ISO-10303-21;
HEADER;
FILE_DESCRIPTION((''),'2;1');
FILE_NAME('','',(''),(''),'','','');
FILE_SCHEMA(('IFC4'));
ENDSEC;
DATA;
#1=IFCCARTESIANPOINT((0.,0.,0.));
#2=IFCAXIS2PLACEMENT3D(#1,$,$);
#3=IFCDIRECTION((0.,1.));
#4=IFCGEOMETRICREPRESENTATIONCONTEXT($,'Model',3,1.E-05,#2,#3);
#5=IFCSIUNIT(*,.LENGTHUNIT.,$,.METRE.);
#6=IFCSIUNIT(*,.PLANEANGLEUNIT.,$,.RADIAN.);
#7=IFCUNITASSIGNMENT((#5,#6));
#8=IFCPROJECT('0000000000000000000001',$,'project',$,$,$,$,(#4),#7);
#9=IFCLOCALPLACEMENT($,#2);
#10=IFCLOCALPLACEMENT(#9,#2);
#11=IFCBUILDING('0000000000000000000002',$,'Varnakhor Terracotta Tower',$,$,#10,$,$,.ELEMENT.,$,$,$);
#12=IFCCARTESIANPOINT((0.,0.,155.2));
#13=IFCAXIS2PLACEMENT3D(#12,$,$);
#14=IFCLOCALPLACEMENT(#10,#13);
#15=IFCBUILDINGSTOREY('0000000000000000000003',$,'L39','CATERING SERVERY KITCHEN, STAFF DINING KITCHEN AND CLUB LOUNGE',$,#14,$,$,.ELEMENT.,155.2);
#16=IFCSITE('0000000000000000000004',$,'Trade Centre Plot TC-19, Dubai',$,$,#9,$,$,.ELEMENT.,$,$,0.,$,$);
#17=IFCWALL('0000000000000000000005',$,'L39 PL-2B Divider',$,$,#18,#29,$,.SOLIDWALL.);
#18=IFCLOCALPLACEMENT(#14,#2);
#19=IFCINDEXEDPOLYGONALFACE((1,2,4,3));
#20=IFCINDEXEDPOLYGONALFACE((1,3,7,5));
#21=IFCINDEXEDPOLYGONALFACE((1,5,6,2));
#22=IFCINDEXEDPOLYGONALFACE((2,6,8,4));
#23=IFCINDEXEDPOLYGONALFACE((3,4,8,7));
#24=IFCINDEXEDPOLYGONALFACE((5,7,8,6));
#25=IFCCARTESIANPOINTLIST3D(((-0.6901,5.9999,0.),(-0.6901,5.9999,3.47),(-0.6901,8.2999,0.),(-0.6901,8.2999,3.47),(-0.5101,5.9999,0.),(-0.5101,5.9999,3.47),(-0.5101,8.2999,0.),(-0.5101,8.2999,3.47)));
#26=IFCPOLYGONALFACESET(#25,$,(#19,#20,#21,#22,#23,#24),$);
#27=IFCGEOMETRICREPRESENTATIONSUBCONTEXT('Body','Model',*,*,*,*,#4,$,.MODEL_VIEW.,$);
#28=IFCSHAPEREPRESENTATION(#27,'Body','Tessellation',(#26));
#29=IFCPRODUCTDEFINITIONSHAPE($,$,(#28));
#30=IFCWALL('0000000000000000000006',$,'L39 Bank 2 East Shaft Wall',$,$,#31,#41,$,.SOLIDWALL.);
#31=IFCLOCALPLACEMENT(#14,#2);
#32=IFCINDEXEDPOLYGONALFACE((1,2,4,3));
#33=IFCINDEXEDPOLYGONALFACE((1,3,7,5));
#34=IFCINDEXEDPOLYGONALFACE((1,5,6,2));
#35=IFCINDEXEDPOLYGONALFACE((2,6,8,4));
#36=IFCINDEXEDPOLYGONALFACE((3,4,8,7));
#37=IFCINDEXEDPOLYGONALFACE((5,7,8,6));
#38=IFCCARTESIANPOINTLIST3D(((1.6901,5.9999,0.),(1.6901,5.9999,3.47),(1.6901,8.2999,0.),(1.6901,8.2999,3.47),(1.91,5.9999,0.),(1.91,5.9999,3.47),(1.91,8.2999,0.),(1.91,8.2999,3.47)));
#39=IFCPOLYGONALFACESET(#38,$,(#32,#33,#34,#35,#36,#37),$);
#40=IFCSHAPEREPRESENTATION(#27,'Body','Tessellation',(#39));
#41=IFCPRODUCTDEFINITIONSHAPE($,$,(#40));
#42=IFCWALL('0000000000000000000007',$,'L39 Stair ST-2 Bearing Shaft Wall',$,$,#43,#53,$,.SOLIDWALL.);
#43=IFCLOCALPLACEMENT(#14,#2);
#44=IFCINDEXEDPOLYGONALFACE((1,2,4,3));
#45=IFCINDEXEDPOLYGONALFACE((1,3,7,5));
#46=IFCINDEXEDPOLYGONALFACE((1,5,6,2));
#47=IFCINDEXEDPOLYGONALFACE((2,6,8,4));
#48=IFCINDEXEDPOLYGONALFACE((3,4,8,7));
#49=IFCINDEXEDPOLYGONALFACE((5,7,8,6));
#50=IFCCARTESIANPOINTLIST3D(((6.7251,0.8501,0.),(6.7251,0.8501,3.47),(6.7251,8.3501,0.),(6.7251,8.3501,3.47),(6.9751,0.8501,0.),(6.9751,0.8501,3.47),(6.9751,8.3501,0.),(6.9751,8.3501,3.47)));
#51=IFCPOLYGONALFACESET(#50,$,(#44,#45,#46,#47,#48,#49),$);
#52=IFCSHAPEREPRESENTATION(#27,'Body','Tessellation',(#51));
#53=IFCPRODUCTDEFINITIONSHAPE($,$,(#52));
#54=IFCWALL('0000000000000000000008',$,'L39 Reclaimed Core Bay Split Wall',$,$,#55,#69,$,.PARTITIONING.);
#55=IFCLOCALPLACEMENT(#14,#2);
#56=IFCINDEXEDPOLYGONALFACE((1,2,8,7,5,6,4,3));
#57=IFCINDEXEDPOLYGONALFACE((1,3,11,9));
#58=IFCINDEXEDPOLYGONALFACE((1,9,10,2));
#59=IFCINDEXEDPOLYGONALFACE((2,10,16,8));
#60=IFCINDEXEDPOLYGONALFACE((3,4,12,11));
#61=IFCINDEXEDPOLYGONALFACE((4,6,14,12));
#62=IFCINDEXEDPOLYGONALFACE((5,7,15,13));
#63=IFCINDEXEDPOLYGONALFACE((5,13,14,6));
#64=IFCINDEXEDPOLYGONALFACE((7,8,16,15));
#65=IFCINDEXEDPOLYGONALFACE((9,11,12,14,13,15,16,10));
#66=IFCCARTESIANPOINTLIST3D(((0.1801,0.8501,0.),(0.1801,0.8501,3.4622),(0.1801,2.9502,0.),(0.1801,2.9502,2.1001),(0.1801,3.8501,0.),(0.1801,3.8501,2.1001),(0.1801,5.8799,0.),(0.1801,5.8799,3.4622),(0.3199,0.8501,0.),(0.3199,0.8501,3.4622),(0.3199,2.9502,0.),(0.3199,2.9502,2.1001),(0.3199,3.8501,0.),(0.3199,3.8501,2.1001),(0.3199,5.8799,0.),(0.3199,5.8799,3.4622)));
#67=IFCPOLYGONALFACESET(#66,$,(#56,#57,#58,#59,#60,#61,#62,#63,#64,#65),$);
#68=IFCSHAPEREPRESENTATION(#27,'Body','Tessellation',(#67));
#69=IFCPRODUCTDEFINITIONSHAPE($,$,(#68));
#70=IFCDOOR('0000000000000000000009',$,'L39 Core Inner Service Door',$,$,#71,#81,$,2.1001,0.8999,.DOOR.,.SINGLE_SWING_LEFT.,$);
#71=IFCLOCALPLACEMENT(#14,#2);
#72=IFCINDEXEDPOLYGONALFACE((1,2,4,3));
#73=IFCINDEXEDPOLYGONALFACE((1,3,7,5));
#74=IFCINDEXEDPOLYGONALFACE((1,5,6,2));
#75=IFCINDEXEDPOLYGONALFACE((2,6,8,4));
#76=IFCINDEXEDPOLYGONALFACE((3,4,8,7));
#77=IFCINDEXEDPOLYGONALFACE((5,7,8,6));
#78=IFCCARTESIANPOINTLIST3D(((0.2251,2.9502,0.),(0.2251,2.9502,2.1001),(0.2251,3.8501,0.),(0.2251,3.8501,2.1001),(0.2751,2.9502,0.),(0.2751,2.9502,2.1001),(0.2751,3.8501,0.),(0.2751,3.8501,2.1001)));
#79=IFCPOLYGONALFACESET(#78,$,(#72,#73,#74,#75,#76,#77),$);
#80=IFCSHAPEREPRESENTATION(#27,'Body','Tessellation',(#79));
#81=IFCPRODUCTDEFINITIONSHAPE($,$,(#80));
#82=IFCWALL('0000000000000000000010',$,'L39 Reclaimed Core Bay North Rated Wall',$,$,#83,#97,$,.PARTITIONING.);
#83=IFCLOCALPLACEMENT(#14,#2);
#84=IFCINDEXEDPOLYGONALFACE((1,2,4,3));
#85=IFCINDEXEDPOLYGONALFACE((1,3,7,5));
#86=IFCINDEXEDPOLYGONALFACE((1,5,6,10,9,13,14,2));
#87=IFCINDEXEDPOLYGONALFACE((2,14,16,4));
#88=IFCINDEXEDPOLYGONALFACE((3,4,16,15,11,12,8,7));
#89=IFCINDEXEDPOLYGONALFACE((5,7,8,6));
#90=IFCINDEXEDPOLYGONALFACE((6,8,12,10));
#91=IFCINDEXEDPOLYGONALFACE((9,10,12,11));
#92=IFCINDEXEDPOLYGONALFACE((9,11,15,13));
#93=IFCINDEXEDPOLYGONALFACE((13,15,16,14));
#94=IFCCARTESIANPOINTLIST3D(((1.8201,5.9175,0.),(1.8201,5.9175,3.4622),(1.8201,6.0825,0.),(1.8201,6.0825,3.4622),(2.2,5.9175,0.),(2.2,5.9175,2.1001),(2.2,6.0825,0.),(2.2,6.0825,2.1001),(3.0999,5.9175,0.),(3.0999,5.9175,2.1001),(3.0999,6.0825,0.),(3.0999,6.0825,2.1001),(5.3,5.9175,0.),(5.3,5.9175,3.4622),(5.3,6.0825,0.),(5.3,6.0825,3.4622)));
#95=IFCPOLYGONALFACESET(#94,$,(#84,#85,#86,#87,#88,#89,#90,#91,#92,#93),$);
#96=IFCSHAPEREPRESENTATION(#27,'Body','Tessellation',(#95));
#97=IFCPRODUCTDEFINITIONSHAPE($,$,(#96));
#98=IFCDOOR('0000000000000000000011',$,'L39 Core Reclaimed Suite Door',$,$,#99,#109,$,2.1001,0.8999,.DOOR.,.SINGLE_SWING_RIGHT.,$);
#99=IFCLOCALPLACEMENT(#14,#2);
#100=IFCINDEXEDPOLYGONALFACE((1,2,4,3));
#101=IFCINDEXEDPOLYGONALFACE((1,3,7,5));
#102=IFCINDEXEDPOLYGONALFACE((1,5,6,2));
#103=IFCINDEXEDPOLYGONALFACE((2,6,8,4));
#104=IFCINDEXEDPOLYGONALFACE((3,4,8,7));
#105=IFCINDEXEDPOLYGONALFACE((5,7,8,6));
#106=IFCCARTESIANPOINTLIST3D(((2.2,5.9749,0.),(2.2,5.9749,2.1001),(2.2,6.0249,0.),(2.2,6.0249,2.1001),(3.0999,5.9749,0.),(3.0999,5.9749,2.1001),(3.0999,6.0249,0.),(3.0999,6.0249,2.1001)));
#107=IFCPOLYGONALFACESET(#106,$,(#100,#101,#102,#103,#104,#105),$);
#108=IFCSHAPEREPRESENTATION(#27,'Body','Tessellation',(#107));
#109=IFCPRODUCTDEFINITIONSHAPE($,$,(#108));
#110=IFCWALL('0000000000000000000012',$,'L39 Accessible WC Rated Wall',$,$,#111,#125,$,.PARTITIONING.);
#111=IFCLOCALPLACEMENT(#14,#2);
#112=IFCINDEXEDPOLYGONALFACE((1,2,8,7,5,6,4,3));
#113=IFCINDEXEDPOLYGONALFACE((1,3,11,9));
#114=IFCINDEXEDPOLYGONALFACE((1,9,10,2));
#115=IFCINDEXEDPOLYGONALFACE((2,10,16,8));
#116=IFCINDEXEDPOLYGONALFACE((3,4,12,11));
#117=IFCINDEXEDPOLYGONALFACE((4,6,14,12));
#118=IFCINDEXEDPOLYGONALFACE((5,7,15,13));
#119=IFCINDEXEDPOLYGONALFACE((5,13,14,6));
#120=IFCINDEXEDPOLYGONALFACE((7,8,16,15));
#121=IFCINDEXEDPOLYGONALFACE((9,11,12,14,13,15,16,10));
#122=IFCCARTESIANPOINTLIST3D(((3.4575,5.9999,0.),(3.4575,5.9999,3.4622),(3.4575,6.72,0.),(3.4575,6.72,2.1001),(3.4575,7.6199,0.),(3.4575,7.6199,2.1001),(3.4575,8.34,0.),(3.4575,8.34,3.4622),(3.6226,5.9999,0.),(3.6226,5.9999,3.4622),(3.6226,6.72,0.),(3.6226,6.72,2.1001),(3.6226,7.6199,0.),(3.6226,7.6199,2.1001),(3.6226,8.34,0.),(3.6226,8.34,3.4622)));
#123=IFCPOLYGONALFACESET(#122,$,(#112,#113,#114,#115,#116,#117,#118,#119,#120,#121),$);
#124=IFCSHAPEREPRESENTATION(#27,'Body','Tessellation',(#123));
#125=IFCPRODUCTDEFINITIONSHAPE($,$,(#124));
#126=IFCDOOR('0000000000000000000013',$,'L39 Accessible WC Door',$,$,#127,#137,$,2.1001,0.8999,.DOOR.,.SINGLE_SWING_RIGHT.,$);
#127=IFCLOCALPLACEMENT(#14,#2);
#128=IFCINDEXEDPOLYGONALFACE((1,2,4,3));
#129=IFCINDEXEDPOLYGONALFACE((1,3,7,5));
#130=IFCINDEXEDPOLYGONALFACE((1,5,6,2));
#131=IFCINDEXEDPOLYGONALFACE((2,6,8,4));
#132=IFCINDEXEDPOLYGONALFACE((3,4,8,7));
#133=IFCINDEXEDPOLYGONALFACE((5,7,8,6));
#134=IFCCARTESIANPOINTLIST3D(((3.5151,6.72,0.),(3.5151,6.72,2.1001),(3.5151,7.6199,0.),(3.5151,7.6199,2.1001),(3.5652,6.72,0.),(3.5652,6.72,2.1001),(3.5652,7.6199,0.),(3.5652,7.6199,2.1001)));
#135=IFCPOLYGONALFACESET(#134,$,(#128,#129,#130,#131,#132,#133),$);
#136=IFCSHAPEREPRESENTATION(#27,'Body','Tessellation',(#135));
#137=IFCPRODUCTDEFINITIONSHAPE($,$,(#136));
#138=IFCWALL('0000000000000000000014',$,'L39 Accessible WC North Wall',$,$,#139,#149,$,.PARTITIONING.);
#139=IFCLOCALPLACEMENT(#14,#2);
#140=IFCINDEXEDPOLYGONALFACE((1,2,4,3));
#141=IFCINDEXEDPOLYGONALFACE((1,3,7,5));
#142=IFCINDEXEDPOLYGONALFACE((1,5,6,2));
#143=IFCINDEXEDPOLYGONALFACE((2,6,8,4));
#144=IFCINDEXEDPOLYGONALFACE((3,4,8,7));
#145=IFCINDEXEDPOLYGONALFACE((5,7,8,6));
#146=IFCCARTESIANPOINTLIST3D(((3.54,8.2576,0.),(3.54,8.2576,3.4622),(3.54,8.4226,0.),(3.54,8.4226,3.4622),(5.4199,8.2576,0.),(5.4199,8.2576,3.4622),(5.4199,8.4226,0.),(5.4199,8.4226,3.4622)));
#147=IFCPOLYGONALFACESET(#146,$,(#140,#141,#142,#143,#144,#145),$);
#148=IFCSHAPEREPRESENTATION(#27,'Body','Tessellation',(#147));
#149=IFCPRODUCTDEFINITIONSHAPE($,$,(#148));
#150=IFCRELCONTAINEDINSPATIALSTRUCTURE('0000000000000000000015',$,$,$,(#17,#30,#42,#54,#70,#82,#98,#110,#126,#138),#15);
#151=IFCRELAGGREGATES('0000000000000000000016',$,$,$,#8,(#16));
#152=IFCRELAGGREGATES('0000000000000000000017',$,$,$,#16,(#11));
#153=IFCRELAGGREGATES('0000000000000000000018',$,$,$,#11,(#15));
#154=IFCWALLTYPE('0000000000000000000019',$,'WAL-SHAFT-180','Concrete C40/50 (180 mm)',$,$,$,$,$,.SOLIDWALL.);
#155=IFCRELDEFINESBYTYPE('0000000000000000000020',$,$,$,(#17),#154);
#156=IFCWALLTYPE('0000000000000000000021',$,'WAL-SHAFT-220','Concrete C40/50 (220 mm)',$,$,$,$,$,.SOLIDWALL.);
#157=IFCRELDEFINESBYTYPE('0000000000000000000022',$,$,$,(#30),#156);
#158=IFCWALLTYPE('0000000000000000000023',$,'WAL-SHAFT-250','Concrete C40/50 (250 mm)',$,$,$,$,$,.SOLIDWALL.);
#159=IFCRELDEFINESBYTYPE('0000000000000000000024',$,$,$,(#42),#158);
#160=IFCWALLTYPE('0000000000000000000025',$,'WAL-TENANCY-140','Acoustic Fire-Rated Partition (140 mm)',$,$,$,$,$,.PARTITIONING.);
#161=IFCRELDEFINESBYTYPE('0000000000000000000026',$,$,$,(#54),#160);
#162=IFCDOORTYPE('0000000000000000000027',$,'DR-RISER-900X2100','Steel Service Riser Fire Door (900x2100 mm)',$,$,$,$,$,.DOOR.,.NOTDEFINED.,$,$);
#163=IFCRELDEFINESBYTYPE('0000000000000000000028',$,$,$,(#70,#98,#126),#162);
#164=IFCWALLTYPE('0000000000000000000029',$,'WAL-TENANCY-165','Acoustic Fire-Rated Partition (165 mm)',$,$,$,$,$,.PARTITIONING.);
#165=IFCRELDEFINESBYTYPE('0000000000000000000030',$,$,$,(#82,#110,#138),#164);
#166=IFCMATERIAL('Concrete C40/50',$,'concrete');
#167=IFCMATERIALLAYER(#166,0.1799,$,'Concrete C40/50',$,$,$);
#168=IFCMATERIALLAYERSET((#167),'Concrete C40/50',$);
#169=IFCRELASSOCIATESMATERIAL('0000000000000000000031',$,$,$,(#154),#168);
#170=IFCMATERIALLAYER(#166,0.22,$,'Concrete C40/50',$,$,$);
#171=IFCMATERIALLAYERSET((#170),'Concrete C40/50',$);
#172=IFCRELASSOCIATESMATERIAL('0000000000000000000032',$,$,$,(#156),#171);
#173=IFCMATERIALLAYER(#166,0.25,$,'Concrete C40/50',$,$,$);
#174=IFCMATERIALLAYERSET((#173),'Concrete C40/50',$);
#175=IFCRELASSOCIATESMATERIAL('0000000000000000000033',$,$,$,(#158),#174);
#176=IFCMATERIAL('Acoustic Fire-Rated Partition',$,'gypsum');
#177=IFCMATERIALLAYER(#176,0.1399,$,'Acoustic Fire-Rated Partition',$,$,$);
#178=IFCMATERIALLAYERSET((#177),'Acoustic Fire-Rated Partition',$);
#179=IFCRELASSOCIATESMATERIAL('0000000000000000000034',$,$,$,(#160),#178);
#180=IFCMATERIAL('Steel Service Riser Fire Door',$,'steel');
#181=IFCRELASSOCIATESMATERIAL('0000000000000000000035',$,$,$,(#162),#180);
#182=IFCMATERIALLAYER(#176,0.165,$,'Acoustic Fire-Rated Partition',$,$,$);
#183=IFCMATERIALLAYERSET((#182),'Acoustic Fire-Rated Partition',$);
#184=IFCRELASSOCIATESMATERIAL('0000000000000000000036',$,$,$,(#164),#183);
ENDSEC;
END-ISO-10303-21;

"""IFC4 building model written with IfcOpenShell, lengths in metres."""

from ifc_helpers import new_model, si_unit, direction, frame, frame_2d, origin, place, context, subcontext, project, spatial, rectangle, extrude, source, transform, mapped, material, layer, layer_set, type_object, type_shapes, element, fill, save


model = new_model("IFC4")

# Units and contexts
model_context = context("Model", 3, precision=1e-05, world=origin(), true_north=direction((0.0, 1.0)))
body_context = subcontext(model_context, "Body", "Model", "MODEL_VIEW")
ifc_project = project(units=[si_unit("LENGTHUNIT", "METRE"), si_unit("PLANEANGLEUNIT", "RADIAN")], contexts=[model_context])

# Site, building, storey
site_placement = place(None, origin())
site = spatial("IfcSite", under=ifc_project, at=site_placement, Name="Trade Centre Plot TC-19, Dubai", CompositionType="ELEMENT", RefElevation=0.0)
building_placement = place(site_placement, origin())
building = spatial("IfcBuilding", under=site, at=building_placement, Name="Varnakhor Terracotta Tower", CompositionType="ELEMENT")
storey_placement = place(building_placement, frame((0.0, 0.0, 155.2)))
storey = spatial("IfcBuildingStorey", under=building, at=storey_placement, Name="L39", Description="CATERING SERVERY KITCHEN, STAFF DINING KITCHEN AND CLUB LOUNGE", CompositionType="ELEMENT", Elevation=155.2)

# Shared definitions
ifc_material_1 = material(Name="Concrete C40/50", Category="concrete")

# Walls
ifc_layer_1 = layer(ifc_material_1, 0.1799, Name="Concrete C40/50")
ifc_layer_set_1 = layer_set([ifc_layer_1], Name="Concrete C40/50")
wall_type_1 = type_object("IfcWallType", Name="WAL-SHAFT-180", Description="Concrete C40/50 (180 mm)", PredefinedType="SOLIDWALL", material=ifc_layer_set_1)
for number, where, z_axis, x_axis, name in (
    (1, (-0.6001, 6.0, 0.0), (0.0, 0.0, 1.0), (0.0, 1.0, 0.0), "L39 PL-2B Divider"),
):
    element("IfcWall", number, at=place(storey_placement, frame(where, z_axis=z_axis, x_axis=x_axis)), inside=storey, type_object=wall_type_1, Name=name, PredefinedType="SOLIDWALL", context=body_context, shape_type="SweptSolid", body=[
        extrude(rectangle(XDim=2.3, YDim=0.1799, at=frame_2d((1.1499, 0.0))), origin(), (0.0, 0.0, 1.0), 3.47),
    ])
ifc_layer_2 = layer(ifc_material_1, 0.22, Name="Concrete C40/50")
ifc_layer_set_2 = layer_set([ifc_layer_2], Name="Concrete C40/50")
wall_type_2 = type_object("IfcWallType", Name="WAL-SHAFT-220", Description="Concrete C40/50 (220 mm)", PredefinedType="SOLIDWALL", material=ifc_layer_set_2)
wall_1_placement = place(storey_placement, frame((1.8, 6.0, 0.0), z_axis=(0.0, 0.0, 1.0), x_axis=(0.0, 1.0, 0.0)))
element("IfcWall", 2, at=wall_1_placement, inside=storey, type_object=wall_type_2, Name="L39 Bank 2 East Shaft Wall", PredefinedType="SOLIDWALL", context=body_context, shape_type="SweptSolid", body=[
    extrude(rectangle(XDim=2.3, YDim=0.22, at=frame_2d((1.1499, 0.0))), origin(), (0.0, 0.0, 1.0), 3.47),
])
ifc_layer_3 = layer(ifc_material_1, 0.25, Name="Concrete C40/50")
ifc_layer_set_3 = layer_set([ifc_layer_3], Name="Concrete C40/50")
wall_type_3 = type_object("IfcWallType", Name="WAL-SHAFT-250", Description="Concrete C40/50 (250 mm)", PredefinedType="SOLIDWALL", material=ifc_layer_set_3)
wall_2_placement = place(storey_placement, frame((6.8501, 0.8501, 0.0), z_axis=(0.0, 0.0, 1.0), x_axis=(0.0, 1.0, 0.0)))
element("IfcWall", 3, at=wall_2_placement, inside=storey, type_object=wall_type_3, Name="L39 Stair ST-2 Bearing Shaft Wall", PredefinedType="SOLIDWALL", context=body_context, shape_type="SweptSolid", body=[
    extrude(rectangle(XDim=7.5, YDim=0.25, at=frame_2d((3.75, 0.0))), origin(), (0.0, 0.0, 1.0), 3.47),
])

# Walls, openings, doors
ifc_material_2 = material(Name="Acoustic Fire-Rated Partition", Category="gypsum")
ifc_layer_4 = layer(ifc_material_2, 0.1399, Name="Acoustic Fire-Rated Partition")
ifc_layer_set_4 = layer_set([ifc_layer_4], Name="Acoustic Fire-Rated Partition")
wall_type_4 = type_object("IfcWallType", Name="WAL-TENANCY-140", Description="Acoustic Fire-Rated Partition (140 mm)", PredefinedType="PARTITIONING", material=ifc_layer_set_4)
wall_3_placement = place(storey_placement, frame((0.25, 0.8501, 0.0), z_axis=(0.0, 0.0, 1.0), x_axis=(0.0, 1.0, 0.0)))
wall_3 = element("IfcWall", 4, at=wall_3_placement, inside=storey, type_object=wall_type_4, Name="L39 Reclaimed Core Bay Split Wall", PredefinedType="PARTITIONING", context=body_context, shape_type="SweptSolid", body=[
    extrude(rectangle(XDim=5.0298, YDim=0.1399, at=frame_2d((2.5149, 0.0))), origin(), (0.0, 0.0, 1.0), 3.4622),
])
opening_1_placement = place(wall_3_placement, frame((2.1001, 0.0, 0.0)))
opening_1 = element("IfcOpeningElement", 5, at=opening_1_placement, cuts=wall_3, PredefinedType="OPENING", context=body_context, shape_type="SweptSolid", body=[
    extrude(rectangle(XDim=0.8999, YDim=2.1001, at=frame_2d((0.45, 1.05))), frame((0.0, 0.0801, 0.0), z_axis=(0.0, -1.0, 0.0), x_axis=(1.0, 0.0, 0.0)), (0.0, 0.0, 1.0), 0.1599),
])
ifc_material_3 = material(Name="Steel Service Riser Fire Door", Category="steel")
door_type_1 = type_object("IfcDoorType", Name="DR-RISER-900X2100", Description="Steel Service Riser Fire Door (900x2100 mm)", OperationType="NOTDEFINED", PredefinedType="DOOR", material=ifc_material_3)
shared_shape_1 = source(origin(), body_context, "Body", "SweptSolid", [
    extrude(rectangle(XDim=0.8999, YDim=2.1001, at=frame_2d((0.45, 1.05))), frame((0.0, 0.0249, 0.0), z_axis=(0.0, -1.0, 0.0), x_axis=(1.0, 0.0, 0.0)), (0.0, 0.0, 1.0), 0.05),
])
type_shapes(door_type_1, [shared_shape_1])
door_1_placement = place(opening_1_placement, origin())
door_1 = element("IfcDoor", 6, at=door_1_placement, inside=storey, type_object=door_type_1, Name="L39 Core Inner Service Door", OperationType="SINGLE_SWING_LEFT", OverallHeight=2.1001, OverallWidth=0.8999, PredefinedType="DOOR", context=body_context, shape_type="MappedRepresentation", body=[
    mapped(shared_shape_1, transform((0.0, 0.0, 0.0), scale=1.0)),
])
fill(opening_1, door_1)
ifc_layer_5 = layer(ifc_material_2, 0.165, Name="Acoustic Fire-Rated Partition")
ifc_layer_set_5 = layer_set([ifc_layer_5], Name="Acoustic Fire-Rated Partition")
wall_type_5 = type_object("IfcWallType", Name="WAL-TENANCY-165", Description="Acoustic Fire-Rated Partition (165 mm)", PredefinedType="PARTITIONING", material=ifc_layer_set_5)
wall_4_placement = place(storey_placement, frame((1.8201, 6.0, 0.0), z_axis=(0.0, 0.0, 1.0), x_axis=(1.0, 0.0, 0.0)))
wall_4 = element("IfcWall", 7, at=wall_4_placement, inside=storey, type_object=wall_type_5, Name="L39 Reclaimed Core Bay North Rated Wall", PredefinedType="PARTITIONING", context=body_context, shape_type="SweptSolid", body=[
    extrude(rectangle(XDim=3.48, YDim=0.165, at=frame_2d((1.74, 0.0))), origin(), (0.0, 0.0, 1.0), 3.4622),
])
opening_2_placement = place(wall_4_placement, frame((0.3799, 0.0, 0.0)))
opening_2 = element("IfcOpeningElement", 8, at=opening_2_placement, cuts=wall_4, PredefinedType="OPENING", context=body_context, shape_type="SweptSolid", body=[
    extrude(rectangle(XDim=0.8999, YDim=2.1001, at=frame_2d((0.45, 1.05))), frame((0.0, 0.0925, 0.0), z_axis=(0.0, -1.0, 0.0), x_axis=(1.0, 0.0, 0.0)), (0.0, 0.0, 1.0), 0.1851),
])
door_2_placement = place(opening_2_placement, origin())
door_2 = element("IfcDoor", 9, at=door_2_placement, inside=storey, type_object=door_type_1, Name="L39 Core Reclaimed Suite Door", OperationType="SINGLE_SWING_RIGHT", OverallHeight=2.1001, OverallWidth=0.8999, PredefinedType="DOOR", context=body_context, shape_type="MappedRepresentation", body=[
    mapped(shared_shape_1, transform((0.0, 0.0, 0.0), scale=1.0)),
])
fill(opening_2, door_2)
wall_5_placement = place(storey_placement, frame((3.54, 6.0, 0.0), z_axis=(0.0, 0.0, 1.0), x_axis=(0.0, 1.0, 0.0)))
wall_5 = element("IfcWall", 10, at=wall_5_placement, inside=storey, type_object=wall_type_5, Name="L39 Accessible WC Rated Wall", PredefinedType="PARTITIONING", context=body_context, shape_type="SweptSolid", body=[
    extrude(rectangle(XDim=2.3401, YDim=0.165, at=frame_2d((1.1699, 0.0))), origin(), (0.0, 0.0, 1.0), 3.4622),
])
opening_3_placement = place(wall_5_placement, frame((0.72, 0.0, 0.0)))
opening_3 = element("IfcOpeningElement", 11, at=opening_3_placement, cuts=wall_5, PredefinedType="OPENING", context=body_context, shape_type="SweptSolid", body=[
    extrude(rectangle(XDim=0.8999, YDim=2.1001, at=frame_2d((0.45, 1.05))), frame((0.0, 0.0925, 0.0), z_axis=(0.0, -1.0, 0.0), x_axis=(1.0, 0.0, 0.0)), (0.0, 0.0, 1.0), 0.1851),
])
door_3_placement = place(opening_3_placement, origin())
door_3 = element("IfcDoor", 12, at=door_3_placement, inside=storey, type_object=door_type_1, Name="L39 Accessible WC Door", OperationType="SINGLE_SWING_RIGHT", OverallHeight=2.1001, OverallWidth=0.8999, PredefinedType="DOOR", context=body_context, shape_type="MappedRepresentation", body=[
    mapped(shared_shape_1, transform((0.0, 0.0, 0.0), scale=1.0)),
])
fill(opening_3, door_3)

# Wall
wall_6_placement = place(storey_placement, frame((3.54, 8.3401, 0.0), z_axis=(0.0, 0.0, 1.0), x_axis=(1.0, 0.0, 0.0)))
element("IfcWall", 13, at=wall_6_placement, inside=storey, type_object=wall_type_5, Name="L39 Accessible WC North Wall", PredefinedType="PARTITIONING", context=body_context, shape_type="SweptSolid", body=[
    extrude(rectangle(XDim=1.8799, YDim=0.165, at=frame_2d((0.9399, 0.0))), origin(), (0.0, 0.0, 1.0), 3.4622),
])

save(model, "model.ifc")
